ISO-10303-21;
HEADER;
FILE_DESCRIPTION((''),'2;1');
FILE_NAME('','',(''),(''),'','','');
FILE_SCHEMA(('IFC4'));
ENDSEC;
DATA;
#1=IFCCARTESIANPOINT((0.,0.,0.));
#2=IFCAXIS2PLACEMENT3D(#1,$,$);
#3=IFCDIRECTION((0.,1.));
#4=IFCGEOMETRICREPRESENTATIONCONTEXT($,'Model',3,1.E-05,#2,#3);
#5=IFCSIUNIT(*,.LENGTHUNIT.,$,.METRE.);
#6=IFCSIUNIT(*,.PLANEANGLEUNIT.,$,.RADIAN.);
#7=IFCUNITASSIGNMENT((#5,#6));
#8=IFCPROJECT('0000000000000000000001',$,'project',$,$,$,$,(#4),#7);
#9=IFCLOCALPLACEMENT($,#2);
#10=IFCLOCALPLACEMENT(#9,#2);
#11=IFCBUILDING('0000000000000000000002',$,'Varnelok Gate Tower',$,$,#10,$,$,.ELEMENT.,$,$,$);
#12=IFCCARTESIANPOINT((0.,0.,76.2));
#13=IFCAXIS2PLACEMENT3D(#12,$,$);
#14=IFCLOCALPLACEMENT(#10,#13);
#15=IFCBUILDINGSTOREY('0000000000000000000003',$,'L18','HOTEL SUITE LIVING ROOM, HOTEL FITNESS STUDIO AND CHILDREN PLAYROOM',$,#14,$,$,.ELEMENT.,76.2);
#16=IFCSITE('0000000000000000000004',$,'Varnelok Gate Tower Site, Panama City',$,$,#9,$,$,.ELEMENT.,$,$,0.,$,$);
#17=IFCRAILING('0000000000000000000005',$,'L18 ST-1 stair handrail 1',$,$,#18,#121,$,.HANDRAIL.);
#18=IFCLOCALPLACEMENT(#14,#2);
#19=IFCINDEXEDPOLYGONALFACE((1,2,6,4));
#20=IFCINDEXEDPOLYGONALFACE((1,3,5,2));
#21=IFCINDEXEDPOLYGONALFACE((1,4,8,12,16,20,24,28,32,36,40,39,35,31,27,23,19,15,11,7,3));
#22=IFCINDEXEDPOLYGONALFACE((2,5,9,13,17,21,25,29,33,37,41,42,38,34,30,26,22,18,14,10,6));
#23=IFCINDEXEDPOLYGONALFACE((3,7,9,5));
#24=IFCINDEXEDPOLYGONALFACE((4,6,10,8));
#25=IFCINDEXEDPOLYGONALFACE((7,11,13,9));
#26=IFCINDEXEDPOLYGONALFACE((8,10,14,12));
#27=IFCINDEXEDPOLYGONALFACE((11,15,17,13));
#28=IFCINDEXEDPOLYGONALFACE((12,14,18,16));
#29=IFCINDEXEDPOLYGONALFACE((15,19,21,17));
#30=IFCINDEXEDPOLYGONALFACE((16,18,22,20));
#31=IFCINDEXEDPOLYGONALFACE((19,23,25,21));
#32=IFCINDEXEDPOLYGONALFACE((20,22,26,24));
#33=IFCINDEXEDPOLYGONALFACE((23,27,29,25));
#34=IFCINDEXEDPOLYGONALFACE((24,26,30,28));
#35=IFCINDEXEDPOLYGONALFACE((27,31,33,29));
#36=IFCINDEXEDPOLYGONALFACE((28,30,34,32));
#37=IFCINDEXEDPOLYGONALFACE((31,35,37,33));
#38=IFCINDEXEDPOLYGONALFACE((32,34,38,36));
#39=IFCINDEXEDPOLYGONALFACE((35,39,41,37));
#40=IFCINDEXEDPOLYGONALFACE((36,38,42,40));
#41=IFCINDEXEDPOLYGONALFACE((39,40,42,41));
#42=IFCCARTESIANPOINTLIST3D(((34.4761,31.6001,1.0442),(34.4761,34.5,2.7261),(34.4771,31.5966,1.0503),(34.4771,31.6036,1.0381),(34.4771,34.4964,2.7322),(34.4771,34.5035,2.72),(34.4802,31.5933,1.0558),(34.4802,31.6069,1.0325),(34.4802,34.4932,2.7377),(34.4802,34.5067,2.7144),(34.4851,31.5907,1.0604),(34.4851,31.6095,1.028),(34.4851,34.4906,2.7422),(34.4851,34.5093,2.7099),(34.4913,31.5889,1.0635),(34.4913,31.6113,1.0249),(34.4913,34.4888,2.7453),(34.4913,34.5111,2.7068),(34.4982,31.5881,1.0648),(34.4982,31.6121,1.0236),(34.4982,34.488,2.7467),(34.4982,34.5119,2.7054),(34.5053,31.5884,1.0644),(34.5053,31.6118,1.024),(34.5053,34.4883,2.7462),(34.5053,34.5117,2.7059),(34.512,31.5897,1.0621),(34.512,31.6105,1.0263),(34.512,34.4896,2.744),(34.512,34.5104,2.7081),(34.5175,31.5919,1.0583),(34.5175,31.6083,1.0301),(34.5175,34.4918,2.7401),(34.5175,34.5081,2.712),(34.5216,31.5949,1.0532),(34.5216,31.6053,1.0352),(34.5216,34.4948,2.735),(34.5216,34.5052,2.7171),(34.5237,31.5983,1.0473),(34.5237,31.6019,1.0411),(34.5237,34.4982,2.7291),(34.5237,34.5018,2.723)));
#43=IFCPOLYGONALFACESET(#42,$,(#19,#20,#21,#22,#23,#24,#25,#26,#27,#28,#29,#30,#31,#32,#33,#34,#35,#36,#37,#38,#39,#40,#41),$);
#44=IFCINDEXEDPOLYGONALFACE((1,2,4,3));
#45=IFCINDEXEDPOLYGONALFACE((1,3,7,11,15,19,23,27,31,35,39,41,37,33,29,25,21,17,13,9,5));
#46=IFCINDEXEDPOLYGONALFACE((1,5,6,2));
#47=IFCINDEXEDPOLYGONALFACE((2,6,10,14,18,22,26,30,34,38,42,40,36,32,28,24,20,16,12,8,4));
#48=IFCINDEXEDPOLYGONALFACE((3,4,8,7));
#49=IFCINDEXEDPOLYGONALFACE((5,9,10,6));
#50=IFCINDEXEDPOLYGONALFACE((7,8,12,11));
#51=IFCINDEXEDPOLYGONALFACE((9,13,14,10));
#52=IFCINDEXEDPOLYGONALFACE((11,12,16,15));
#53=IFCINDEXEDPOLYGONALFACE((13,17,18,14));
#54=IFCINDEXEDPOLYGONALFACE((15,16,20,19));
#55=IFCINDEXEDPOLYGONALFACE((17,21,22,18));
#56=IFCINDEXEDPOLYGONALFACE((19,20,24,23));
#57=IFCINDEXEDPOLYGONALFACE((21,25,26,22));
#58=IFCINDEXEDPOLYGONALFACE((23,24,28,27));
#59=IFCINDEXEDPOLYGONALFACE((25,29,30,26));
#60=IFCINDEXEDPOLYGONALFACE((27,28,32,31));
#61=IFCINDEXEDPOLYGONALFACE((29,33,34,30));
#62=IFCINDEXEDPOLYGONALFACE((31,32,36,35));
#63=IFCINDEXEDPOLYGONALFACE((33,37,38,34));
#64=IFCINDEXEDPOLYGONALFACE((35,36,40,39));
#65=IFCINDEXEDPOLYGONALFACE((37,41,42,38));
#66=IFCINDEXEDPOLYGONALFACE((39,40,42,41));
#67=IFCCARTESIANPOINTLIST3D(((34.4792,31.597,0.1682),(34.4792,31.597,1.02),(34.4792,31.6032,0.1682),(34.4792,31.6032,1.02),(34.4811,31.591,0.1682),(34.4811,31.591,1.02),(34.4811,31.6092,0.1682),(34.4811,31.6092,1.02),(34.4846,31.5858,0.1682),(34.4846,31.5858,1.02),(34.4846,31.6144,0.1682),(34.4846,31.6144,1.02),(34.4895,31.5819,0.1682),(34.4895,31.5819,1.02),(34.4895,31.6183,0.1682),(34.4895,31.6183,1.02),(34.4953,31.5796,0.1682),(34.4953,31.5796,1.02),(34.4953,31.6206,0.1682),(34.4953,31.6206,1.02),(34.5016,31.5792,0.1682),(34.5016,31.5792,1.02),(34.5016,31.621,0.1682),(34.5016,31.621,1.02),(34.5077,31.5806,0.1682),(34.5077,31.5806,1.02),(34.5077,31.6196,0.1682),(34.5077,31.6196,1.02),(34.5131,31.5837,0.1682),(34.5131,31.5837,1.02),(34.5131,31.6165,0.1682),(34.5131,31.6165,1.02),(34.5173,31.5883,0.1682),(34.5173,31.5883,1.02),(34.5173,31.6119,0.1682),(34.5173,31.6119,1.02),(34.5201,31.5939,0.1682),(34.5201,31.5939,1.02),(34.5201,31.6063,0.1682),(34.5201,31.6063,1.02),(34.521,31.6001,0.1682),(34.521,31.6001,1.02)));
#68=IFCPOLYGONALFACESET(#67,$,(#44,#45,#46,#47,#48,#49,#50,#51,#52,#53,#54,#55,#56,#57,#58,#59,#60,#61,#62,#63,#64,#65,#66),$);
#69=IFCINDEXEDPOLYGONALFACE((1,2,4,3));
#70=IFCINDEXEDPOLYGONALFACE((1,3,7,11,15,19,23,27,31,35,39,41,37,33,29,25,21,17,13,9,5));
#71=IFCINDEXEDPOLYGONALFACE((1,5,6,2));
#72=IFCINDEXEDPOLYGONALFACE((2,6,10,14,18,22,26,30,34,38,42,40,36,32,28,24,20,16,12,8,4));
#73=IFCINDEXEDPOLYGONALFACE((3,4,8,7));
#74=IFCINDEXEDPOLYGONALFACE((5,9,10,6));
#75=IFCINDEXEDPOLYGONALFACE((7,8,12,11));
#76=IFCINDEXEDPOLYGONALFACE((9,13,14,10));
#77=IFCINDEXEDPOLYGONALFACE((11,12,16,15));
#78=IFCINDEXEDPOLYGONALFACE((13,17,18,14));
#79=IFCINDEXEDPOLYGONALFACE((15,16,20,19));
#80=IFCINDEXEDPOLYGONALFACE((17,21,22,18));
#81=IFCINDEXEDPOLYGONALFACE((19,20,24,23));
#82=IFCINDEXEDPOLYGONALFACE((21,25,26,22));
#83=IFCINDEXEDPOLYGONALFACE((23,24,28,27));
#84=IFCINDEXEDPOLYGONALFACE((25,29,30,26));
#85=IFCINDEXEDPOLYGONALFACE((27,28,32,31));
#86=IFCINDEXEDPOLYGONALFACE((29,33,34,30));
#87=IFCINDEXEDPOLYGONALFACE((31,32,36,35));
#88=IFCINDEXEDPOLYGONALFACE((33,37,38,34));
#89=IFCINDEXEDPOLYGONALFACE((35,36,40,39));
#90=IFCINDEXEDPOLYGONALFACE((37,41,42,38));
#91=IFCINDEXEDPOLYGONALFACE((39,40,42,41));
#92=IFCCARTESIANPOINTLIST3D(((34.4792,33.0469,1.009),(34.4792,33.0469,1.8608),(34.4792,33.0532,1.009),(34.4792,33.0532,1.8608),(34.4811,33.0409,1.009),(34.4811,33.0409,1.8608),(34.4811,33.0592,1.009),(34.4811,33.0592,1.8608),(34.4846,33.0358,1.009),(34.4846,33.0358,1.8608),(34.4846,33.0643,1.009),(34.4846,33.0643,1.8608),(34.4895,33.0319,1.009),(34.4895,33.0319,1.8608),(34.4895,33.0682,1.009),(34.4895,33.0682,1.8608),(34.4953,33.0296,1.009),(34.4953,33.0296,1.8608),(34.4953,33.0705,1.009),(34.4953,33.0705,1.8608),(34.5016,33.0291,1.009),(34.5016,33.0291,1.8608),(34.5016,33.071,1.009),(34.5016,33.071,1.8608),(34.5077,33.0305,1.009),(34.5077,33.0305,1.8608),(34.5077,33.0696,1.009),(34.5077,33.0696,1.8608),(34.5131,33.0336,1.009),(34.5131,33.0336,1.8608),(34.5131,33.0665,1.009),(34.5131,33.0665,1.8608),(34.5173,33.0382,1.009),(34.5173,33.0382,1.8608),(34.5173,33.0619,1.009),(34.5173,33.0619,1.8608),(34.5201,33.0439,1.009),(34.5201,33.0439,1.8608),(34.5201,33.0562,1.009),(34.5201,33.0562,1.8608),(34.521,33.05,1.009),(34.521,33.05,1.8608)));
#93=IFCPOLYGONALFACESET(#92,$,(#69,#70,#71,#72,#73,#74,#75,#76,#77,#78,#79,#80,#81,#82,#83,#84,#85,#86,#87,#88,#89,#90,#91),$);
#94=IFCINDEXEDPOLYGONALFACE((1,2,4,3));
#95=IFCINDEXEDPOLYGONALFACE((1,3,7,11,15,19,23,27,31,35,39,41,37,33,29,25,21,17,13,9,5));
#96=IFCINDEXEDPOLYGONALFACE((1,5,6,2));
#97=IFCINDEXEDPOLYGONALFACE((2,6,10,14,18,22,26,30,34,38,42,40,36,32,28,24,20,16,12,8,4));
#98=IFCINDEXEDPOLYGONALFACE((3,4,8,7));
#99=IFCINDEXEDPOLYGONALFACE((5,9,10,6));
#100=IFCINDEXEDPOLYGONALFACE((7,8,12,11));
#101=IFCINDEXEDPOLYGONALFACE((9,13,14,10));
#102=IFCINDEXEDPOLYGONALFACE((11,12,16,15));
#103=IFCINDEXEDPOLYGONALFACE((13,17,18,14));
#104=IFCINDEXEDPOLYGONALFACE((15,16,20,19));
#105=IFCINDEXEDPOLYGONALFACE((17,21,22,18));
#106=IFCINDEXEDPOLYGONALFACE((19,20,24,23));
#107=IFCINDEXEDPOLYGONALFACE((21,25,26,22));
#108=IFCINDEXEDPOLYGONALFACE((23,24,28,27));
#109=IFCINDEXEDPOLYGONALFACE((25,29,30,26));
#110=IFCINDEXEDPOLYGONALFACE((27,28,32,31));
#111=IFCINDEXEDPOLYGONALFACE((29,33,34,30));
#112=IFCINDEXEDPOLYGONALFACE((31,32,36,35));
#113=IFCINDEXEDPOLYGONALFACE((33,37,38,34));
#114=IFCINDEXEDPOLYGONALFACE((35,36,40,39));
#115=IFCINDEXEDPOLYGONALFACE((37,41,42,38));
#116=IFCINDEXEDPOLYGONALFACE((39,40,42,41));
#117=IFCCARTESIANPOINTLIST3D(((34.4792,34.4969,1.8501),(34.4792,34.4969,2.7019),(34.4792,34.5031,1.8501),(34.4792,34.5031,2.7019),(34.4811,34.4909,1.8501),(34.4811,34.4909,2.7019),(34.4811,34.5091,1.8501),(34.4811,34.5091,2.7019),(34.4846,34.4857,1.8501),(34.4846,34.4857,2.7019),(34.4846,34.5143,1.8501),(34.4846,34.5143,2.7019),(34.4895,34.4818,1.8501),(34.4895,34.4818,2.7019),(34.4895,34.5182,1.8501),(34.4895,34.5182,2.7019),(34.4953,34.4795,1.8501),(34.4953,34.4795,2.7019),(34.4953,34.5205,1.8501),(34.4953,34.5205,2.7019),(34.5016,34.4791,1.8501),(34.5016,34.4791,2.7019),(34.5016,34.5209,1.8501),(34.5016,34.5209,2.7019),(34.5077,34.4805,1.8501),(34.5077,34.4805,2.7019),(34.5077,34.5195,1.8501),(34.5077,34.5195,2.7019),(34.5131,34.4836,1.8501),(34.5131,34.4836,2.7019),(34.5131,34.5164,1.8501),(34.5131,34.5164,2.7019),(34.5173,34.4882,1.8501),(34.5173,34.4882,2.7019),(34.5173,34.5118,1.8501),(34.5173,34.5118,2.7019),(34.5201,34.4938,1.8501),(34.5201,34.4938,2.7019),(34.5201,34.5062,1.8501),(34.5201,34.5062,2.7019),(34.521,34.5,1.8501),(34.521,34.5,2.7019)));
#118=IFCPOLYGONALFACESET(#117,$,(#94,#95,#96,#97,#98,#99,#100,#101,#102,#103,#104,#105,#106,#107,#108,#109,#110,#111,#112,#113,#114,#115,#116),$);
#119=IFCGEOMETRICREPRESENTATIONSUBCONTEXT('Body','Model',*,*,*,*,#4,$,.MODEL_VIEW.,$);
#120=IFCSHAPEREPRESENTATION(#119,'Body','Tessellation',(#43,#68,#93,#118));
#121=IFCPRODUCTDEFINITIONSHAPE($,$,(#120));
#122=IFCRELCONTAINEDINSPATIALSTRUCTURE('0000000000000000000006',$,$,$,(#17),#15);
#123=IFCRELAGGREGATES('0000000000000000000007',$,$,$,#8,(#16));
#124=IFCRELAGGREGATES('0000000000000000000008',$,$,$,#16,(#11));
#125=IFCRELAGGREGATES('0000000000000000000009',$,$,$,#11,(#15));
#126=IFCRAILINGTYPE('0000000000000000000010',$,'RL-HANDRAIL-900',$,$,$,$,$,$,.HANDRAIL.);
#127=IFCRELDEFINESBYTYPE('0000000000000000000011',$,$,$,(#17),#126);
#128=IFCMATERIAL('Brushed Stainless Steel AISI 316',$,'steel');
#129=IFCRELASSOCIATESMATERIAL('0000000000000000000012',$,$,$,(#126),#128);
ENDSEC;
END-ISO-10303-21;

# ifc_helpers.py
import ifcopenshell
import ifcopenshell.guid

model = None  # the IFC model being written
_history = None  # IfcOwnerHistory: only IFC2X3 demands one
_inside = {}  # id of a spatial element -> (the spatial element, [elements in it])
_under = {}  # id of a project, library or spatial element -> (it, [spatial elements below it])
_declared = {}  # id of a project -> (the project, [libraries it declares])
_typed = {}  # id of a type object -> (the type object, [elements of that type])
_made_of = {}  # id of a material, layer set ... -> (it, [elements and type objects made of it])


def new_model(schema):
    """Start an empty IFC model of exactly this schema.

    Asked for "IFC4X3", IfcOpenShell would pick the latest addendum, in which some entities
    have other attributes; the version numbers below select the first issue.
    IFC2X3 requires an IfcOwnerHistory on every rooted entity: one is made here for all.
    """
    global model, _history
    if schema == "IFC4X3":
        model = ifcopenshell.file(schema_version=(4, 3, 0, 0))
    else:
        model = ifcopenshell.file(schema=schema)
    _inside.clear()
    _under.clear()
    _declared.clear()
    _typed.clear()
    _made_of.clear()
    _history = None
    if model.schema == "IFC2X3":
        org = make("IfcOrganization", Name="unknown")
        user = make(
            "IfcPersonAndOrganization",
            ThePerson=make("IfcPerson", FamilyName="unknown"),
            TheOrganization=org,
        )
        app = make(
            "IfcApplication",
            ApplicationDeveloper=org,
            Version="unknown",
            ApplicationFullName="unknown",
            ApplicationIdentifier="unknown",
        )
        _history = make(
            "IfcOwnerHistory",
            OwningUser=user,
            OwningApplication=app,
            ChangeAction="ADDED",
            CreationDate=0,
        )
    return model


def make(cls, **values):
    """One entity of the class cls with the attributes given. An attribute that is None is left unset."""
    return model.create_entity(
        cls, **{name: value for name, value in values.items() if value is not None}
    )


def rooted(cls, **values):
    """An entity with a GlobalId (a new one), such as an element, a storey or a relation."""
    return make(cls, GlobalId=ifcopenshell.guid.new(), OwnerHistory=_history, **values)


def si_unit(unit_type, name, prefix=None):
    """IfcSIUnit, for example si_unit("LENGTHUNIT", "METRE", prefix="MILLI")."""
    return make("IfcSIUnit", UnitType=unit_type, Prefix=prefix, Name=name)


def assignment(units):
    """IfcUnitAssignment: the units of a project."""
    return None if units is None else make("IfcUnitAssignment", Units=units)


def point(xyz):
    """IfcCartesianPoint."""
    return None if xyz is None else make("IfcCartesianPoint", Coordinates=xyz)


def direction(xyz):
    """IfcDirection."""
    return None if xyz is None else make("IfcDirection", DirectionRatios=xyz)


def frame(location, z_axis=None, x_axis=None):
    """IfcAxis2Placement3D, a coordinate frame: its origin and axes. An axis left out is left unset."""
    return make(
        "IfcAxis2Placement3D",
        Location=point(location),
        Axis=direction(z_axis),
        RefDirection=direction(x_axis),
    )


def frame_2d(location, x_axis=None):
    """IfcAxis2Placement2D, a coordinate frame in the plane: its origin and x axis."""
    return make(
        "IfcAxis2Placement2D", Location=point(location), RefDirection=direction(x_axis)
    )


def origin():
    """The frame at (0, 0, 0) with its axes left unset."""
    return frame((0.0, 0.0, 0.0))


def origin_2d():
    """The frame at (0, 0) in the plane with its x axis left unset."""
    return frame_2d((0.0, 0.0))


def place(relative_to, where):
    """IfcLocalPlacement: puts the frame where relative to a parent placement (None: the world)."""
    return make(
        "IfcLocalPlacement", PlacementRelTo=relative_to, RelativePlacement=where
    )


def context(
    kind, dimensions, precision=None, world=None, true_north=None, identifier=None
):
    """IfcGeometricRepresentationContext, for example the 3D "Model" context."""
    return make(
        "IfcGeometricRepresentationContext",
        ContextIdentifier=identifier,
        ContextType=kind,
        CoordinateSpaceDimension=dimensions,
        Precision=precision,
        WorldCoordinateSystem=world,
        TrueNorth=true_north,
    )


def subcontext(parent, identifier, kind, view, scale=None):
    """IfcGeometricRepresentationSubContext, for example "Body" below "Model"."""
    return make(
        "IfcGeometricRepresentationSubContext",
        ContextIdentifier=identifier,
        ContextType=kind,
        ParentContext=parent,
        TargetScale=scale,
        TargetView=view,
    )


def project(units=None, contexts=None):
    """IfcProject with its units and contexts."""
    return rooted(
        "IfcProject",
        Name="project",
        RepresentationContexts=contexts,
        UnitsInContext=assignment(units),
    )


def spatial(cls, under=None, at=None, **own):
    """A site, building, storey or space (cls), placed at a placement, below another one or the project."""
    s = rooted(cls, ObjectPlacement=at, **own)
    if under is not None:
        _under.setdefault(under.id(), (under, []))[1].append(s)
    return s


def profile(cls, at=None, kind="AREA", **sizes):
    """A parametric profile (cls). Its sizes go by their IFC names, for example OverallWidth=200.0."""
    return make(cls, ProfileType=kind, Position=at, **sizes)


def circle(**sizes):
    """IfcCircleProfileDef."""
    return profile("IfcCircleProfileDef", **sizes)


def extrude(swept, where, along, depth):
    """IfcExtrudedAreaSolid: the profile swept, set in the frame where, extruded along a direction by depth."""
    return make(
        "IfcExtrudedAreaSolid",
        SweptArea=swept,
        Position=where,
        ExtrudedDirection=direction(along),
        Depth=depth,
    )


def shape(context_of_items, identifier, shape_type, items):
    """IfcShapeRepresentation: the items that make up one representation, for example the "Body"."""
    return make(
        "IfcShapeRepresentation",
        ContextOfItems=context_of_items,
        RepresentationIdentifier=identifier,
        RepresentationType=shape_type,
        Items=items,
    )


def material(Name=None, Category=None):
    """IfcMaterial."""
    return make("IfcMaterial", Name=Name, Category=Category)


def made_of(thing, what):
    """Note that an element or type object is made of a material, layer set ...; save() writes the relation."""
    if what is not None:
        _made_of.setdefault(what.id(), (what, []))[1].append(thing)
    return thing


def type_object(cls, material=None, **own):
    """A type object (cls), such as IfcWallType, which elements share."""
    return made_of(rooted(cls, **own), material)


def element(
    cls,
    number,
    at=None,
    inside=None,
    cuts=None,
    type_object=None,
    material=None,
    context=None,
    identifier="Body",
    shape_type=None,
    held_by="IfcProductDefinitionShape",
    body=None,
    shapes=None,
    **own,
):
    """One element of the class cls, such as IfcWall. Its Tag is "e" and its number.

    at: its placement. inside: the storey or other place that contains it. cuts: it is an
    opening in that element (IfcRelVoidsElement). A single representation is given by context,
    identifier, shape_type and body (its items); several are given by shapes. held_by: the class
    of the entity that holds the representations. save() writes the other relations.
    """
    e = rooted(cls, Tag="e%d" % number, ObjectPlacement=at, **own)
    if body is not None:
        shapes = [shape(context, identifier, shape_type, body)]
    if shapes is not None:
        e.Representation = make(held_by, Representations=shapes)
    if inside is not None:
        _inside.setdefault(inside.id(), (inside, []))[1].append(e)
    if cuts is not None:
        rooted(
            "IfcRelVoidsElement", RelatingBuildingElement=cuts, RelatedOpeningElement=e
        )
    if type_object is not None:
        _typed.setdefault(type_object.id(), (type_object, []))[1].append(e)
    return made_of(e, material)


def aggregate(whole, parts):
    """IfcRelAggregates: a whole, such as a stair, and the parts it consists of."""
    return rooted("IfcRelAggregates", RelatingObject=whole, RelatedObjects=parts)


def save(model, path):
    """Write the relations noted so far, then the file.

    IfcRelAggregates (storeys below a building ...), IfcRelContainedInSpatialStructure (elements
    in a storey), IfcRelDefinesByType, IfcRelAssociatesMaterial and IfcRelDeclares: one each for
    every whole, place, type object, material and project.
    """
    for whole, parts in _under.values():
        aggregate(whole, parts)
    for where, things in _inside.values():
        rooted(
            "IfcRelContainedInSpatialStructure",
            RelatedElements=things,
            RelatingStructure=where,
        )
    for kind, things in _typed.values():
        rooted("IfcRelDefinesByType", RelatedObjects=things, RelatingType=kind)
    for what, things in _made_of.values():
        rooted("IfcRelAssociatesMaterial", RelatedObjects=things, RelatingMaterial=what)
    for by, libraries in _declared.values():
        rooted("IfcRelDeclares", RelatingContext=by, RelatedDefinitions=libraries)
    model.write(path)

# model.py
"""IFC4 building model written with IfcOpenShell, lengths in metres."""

from ifc_helpers import new_model, si_unit, direction, frame, origin, origin_2d, place, context, subcontext, project, spatial, circle, extrude, material, type_object, element, save


model = new_model("IFC4")

# Units and contexts
model_context = context("Model", 3, precision=1e-05, world=origin(), true_north=direction((0.0, 1.0)))
body_context = subcontext(model_context, "Body", "Model", "MODEL_VIEW")
ifc_project = project(units=[si_unit("LENGTHUNIT", "METRE"), si_unit("PLANEANGLEUNIT", "RADIAN")], contexts=[model_context])

# Site, building, storey
site_placement = place(None, origin())
site = spatial("IfcSite", under=ifc_project, at=site_placement, Name="Varnelok Gate Tower Site, Panama City", CompositionType="ELEMENT", RefElevation=0.0)
building_placement = place(site_placement, origin())
building = spatial("IfcBuilding", under=site, at=building_placement, Name="Varnelok Gate Tower", CompositionType="ELEMENT")
storey_placement = place(building_placement, frame((0.0, 0.0, 76.2)))
storey = spatial("IfcBuildingStorey", under=building, at=storey_placement, Name="L18", Description="HOTEL SUITE LIVING ROOM, HOTEL FITNESS STUDIO AND CHILDREN PLAYROOM", CompositionType="ELEMENT", Elevation=76.2)

# Railing
ifc_material_1 = material(Name="Brushed Stainless Steel AISI 316", Category="steel")
railing_type_1 = type_object("IfcRailingType", Name="RL-HANDRAIL-900", PredefinedType="HANDRAIL", material=ifc_material_1)
railing_1_placement = place(storey_placement, frame((34.5, 31.6001, 0.1682)))
element("IfcRailing", 1, at=railing_1_placement, inside=storey, type_object=railing_type_1, Name="L18 ST-1 stair handrail 1", PredefinedType="HANDRAIL", context=body_context, shape_type="SweptSolid", body=[
    extrude(circle(Radius=0.0239, at=origin_2d()), frame((0.0, 0.0, 0.876), z_axis=(0.0, 0.865039, 0.501705), x_axis=(-1.0, 0.0, 0.0)), (0.0, 0.0, 1.0), 3.3523),
    extrude(circle(Radius=0.021, at=origin_2d()), origin(), (0.0, 0.0, 1.0), 0.8518),
    extrude(circle(Radius=0.021, at=origin_2d()), frame((0.0, 1.45, 0.8408)), (0.0, 0.0, 1.0), 0.8518),
    extrude(circle(Radius=0.021, at=origin_2d()), frame((0.0, 2.8999, 1.6819)), (0.0, 0.0, 1.0), 0.8518),
])

save(model, "model.ifc")
